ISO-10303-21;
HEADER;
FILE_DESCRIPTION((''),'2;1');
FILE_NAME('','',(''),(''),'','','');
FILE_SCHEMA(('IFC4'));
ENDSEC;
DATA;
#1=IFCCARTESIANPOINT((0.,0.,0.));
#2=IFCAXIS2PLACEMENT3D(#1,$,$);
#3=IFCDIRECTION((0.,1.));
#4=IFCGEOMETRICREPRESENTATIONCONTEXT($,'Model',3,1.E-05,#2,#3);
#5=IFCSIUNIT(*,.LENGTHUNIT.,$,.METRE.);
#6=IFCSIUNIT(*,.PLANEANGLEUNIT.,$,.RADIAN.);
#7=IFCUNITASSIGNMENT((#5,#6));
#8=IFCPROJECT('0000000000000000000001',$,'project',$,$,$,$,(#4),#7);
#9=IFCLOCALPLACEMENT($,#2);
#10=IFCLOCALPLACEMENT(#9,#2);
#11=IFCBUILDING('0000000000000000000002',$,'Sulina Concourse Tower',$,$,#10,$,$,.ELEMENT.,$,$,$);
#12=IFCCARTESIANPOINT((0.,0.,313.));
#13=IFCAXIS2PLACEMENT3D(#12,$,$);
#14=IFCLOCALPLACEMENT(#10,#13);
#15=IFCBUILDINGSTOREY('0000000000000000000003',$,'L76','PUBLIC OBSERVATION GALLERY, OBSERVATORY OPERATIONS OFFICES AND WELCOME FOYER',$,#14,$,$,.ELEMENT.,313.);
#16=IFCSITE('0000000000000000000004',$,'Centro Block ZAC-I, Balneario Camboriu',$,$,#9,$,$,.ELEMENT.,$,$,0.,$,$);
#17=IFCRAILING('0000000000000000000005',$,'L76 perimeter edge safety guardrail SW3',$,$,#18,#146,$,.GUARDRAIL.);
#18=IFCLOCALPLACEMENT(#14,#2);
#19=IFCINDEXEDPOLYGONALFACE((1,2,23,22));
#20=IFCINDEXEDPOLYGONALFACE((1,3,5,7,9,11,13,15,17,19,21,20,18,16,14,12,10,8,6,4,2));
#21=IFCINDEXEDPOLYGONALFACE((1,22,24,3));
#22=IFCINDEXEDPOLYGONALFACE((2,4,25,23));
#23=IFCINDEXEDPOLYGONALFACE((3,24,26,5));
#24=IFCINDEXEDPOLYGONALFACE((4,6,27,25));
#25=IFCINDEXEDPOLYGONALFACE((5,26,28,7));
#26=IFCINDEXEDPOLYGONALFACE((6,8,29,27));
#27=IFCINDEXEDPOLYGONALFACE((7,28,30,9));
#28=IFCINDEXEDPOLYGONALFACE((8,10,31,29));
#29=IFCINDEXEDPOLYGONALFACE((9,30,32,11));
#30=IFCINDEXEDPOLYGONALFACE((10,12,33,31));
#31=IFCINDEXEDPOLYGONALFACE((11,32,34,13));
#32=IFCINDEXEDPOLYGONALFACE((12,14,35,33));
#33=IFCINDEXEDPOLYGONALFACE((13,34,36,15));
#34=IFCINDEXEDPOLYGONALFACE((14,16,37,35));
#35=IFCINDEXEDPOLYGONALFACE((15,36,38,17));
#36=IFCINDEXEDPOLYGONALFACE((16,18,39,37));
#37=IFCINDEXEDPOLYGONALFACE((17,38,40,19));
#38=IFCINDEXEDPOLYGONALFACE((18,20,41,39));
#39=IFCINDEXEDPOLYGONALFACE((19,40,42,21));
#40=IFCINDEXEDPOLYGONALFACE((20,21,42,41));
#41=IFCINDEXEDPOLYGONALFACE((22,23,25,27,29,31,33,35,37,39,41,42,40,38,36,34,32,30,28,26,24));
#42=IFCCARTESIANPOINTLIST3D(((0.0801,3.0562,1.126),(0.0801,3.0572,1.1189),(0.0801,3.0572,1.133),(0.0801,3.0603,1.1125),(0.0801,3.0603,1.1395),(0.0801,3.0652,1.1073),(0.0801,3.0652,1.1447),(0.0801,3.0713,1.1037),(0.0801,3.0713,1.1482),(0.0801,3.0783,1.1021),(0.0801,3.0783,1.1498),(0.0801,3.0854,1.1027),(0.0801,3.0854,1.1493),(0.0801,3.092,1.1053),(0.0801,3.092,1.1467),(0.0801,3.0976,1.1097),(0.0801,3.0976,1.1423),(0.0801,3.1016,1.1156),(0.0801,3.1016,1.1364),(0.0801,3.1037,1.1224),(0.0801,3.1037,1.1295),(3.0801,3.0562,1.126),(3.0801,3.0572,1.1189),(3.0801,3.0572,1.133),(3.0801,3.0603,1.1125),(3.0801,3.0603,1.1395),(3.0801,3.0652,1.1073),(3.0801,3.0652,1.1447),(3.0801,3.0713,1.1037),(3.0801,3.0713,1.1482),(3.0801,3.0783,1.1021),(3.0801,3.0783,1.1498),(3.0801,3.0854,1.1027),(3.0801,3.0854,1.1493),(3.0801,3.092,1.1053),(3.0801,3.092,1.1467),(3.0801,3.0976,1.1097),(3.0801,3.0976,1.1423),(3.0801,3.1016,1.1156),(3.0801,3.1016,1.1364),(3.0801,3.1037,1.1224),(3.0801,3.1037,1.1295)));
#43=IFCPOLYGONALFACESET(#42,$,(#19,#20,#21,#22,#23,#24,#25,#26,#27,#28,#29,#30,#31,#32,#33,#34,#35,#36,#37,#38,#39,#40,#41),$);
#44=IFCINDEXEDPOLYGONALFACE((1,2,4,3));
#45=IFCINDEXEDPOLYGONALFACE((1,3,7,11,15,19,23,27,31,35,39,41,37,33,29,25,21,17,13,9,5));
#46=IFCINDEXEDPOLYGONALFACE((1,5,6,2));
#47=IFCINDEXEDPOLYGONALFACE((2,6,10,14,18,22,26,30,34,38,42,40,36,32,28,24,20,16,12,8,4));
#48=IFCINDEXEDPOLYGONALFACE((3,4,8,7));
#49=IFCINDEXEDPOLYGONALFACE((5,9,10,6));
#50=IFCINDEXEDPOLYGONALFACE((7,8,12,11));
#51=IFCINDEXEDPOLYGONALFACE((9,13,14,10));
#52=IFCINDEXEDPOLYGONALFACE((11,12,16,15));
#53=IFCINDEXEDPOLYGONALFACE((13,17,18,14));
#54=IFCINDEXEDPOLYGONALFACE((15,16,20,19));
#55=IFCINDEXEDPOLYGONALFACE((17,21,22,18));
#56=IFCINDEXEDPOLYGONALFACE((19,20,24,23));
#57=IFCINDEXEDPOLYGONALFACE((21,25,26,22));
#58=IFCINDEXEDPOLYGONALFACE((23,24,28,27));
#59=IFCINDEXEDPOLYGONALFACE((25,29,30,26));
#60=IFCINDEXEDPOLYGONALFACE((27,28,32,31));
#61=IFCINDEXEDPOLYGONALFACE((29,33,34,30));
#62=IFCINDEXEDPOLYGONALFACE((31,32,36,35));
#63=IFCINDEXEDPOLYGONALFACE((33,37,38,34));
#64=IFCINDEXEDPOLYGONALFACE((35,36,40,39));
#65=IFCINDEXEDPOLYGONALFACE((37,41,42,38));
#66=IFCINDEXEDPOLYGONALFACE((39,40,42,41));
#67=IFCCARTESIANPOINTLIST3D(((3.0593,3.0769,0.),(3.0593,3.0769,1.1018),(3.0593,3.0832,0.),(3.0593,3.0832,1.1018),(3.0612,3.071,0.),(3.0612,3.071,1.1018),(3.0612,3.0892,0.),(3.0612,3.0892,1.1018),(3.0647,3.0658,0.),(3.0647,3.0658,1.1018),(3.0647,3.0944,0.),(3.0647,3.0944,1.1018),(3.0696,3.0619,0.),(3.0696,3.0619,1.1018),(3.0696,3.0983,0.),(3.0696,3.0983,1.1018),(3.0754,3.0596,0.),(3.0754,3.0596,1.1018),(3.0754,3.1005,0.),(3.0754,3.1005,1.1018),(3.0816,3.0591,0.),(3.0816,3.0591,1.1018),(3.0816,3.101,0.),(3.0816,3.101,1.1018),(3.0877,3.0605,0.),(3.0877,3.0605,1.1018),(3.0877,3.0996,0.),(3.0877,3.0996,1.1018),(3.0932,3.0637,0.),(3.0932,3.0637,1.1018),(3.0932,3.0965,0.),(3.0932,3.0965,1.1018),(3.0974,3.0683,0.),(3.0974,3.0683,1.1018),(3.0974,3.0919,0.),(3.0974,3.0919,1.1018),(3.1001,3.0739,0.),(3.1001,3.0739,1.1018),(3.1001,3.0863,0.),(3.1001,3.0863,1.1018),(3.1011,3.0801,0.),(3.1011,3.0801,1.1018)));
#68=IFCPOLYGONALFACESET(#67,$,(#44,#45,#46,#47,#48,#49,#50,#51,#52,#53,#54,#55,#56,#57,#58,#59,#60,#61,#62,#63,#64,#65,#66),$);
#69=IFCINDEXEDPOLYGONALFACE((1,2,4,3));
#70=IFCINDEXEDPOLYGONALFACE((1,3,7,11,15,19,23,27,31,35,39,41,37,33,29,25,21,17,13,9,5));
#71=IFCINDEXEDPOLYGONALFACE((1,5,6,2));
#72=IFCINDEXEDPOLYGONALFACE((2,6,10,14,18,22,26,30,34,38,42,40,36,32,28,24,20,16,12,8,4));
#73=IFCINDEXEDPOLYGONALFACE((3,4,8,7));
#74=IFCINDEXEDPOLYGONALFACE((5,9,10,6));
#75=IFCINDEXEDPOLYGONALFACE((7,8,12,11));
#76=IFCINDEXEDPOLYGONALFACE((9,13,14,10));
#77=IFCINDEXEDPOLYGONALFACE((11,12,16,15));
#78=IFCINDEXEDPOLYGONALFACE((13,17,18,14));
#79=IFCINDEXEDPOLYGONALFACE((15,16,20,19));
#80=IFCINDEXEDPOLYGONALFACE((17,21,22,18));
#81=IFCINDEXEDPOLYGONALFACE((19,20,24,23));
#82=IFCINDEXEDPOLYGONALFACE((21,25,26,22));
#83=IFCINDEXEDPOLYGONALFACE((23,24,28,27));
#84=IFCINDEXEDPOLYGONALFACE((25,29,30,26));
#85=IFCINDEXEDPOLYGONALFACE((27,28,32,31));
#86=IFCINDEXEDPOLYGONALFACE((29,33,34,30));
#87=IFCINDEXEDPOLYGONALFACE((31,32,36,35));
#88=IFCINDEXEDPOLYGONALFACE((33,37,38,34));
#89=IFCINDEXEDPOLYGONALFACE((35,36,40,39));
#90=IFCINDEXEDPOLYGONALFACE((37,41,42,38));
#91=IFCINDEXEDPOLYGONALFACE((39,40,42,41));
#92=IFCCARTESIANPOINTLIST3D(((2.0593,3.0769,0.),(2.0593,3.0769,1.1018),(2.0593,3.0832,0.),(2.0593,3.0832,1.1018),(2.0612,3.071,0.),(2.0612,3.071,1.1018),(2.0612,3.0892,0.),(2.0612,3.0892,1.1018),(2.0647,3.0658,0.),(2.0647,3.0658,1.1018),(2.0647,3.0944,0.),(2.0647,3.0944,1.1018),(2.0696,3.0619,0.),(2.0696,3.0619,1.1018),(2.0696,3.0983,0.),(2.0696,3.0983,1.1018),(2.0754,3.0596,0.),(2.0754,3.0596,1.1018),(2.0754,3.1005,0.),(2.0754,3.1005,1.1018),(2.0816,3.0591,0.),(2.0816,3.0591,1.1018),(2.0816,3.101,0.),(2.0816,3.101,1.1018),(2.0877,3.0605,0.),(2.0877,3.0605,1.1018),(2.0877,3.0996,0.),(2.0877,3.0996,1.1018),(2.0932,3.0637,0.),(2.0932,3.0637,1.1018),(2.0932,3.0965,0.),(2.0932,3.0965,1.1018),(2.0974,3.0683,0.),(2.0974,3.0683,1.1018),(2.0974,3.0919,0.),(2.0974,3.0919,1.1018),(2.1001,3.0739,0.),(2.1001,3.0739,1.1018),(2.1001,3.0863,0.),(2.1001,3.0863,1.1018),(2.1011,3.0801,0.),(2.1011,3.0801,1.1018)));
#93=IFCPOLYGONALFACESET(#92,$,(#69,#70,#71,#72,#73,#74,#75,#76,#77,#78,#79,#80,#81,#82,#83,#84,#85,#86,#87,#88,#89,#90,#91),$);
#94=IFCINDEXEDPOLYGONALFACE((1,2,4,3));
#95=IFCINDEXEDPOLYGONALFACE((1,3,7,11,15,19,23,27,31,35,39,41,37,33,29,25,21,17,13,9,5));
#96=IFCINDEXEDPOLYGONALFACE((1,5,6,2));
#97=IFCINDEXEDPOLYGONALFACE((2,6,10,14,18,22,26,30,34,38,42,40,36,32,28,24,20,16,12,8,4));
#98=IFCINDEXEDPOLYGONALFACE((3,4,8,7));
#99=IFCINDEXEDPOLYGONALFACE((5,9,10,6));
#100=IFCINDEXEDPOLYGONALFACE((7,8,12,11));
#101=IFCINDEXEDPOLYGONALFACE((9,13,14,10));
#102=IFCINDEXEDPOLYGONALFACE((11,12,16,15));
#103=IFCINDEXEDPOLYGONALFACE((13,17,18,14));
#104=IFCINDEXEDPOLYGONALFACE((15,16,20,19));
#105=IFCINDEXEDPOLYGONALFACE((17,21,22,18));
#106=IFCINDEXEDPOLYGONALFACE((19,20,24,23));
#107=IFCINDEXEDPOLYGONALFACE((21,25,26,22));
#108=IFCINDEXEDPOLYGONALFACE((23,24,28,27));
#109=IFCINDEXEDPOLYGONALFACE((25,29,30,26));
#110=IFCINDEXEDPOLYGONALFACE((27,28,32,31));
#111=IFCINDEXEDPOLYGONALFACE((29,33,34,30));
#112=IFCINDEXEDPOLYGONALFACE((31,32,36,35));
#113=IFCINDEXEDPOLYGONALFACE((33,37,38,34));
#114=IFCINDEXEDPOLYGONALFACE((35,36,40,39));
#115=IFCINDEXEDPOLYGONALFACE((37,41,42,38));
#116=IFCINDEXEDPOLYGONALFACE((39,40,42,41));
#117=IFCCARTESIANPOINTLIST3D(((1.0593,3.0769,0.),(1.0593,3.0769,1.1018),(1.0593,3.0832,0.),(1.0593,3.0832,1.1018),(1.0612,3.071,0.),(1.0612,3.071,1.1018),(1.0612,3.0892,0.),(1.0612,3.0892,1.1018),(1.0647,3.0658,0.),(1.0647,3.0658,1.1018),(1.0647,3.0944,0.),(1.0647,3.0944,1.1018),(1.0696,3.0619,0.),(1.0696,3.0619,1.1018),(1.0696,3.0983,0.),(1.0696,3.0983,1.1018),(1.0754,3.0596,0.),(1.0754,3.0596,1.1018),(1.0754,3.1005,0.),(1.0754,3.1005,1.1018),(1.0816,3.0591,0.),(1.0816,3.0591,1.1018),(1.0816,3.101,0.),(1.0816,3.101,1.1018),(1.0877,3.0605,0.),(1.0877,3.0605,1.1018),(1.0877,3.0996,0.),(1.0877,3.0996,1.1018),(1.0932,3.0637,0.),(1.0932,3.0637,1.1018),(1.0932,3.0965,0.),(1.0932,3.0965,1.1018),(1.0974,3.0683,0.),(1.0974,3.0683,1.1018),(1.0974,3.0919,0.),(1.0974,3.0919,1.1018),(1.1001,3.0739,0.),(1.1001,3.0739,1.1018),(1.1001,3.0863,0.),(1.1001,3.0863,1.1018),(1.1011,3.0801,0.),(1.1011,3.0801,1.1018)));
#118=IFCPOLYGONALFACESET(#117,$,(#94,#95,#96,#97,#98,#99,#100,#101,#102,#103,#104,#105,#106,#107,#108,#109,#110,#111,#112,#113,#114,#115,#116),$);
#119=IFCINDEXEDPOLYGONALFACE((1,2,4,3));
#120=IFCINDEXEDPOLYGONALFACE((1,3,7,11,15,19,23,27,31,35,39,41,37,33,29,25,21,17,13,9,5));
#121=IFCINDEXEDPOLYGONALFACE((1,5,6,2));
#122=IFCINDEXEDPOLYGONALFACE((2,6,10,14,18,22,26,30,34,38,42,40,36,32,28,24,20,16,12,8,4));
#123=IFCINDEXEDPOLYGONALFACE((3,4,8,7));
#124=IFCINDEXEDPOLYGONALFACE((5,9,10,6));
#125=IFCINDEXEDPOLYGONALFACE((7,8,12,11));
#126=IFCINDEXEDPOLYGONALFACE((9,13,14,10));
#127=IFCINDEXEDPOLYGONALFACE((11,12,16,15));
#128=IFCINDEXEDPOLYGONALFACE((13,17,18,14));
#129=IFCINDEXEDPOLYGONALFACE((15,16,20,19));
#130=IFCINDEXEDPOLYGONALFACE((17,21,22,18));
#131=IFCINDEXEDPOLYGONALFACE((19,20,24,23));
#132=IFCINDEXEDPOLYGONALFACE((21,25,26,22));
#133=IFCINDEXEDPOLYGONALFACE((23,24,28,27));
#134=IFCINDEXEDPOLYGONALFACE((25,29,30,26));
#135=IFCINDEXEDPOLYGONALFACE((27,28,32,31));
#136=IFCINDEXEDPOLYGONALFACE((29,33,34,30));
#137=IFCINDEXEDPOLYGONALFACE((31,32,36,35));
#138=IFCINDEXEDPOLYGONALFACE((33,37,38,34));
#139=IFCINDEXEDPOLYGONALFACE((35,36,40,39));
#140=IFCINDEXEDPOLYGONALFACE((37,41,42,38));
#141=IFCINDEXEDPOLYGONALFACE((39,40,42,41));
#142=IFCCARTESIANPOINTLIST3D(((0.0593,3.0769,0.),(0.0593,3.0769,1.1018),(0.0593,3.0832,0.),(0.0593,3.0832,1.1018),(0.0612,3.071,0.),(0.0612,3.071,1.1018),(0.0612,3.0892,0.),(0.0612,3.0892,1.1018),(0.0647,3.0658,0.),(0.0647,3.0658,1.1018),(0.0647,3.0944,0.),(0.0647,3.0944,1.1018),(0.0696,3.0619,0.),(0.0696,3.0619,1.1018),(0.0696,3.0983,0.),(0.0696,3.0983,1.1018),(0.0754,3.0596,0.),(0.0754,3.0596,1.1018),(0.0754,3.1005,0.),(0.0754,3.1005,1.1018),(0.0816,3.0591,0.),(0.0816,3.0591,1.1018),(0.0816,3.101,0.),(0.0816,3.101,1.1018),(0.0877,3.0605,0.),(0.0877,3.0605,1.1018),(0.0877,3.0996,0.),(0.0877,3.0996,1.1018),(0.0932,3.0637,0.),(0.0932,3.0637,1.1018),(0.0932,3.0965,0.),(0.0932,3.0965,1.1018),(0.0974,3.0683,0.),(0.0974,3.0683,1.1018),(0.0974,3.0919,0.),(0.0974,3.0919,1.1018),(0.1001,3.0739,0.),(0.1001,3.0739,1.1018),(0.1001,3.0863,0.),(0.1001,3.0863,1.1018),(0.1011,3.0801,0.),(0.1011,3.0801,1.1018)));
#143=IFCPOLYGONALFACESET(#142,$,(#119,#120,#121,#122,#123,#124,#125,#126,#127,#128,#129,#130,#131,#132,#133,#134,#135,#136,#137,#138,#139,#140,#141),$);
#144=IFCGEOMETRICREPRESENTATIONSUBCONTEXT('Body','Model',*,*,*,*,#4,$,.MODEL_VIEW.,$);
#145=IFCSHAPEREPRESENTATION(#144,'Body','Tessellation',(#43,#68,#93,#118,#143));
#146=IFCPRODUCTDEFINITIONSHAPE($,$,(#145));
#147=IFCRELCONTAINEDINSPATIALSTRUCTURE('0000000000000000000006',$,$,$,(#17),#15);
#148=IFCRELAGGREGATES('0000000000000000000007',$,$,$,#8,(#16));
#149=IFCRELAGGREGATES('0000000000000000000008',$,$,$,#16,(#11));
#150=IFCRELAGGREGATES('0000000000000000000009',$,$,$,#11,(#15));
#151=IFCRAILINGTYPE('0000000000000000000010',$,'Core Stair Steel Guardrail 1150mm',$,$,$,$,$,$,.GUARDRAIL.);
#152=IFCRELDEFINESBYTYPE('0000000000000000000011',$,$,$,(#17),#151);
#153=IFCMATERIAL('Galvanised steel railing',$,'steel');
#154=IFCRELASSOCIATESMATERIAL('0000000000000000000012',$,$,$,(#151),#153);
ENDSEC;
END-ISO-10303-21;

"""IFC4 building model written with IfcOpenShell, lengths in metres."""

from ifc_helpers import new_model, si_unit, direction, frame, origin, origin_2d, place, context, subcontext, project, spatial, circle, extrude, material, type_object, element, save


model = new_model("IFC4")

# Units and contexts
model_context = context("Model", 3, precision=1e-05, world=origin(), true_north=direction((0.0, 1.0)))
body_context = subcontext(model_context, "Body", "Model", "MODEL_VIEW")
ifc_project = project(units=[si_unit("LENGTHUNIT", "METRE"), si_unit("PLANEANGLEUNIT", "RADIAN")], contexts=[model_context])

# Site, building, storey
site_placement = place(None, origin())
site = spatial("IfcSite", under=ifc_project, at=site_placement, Name="Centro Block ZAC-I, Balneario Camboriu", CompositionType="ELEMENT", RefElevation=0.0)
building_placement = place(site_placement, origin())
building = spatial("IfcBuilding", under=site, at=building_placement, Name="Sulina Concourse Tower", CompositionType="ELEMENT")
storey_placement = place(building_placement, frame((0.0, 0.0, 313.0)))
storey = spatial("IfcBuildingStorey", under=building, at=storey_placement, Name="L76", Description="PUBLIC OBSERVATION GALLERY, OBSERVATORY OPERATIONS OFFICES AND WELCOME FOYER", CompositionType="ELEMENT", Elevation=313.0)

# Railing
ifc_material_1 = material(Name="Galvanised steel railing", Category="steel")
railing_type = type_object("IfcRailingType", Name="Core Stair Steel Guardrail 1150mm", PredefinedType="GUARDRAIL", material=ifc_material_1)
railing_1_placement = place(storey_placement, frame((3.0801, 3.0801, 0.0)))
element("IfcRailing", 1, at=railing_1_placement, inside=storey, type_object=railing_type, Name="L76 perimeter edge safety guardrail SW3", PredefinedType="GUARDRAIL", context=body_context, shape_type="SweptSolid", body=[
    extrude(circle(Radius=0.0239, at=origin_2d()), frame((0.0, 0.0, 1.126), z_axis=(-1.0, 0.0, 0.0), x_axis=(0.0, -1.0, 0.0)), (0.0, 0.0, 1.0), 3.0),
    extrude(circle(Radius=0.021, at=origin_2d()), origin(), (0.0, 0.0, 1.0), 1.1018),
    extrude(circle(Radius=0.021, at=origin_2d()), frame((-1.0, 0.0, 0.0)), (0.0, 0.0, 1.0), 1.1018),
    extrude(circle(Radius=0.021, at=origin_2d()), frame((-2.0, 0.0, 0.0)), (0.0, 0.0, 1.0), 1.1018),
    extrude(circle(Radius=0.021, at=origin_2d()), frame((-3.0, 0.0, 0.0)), (0.0, 0.0, 1.0), 1.1018),
])

save(model, "model.ifc")
